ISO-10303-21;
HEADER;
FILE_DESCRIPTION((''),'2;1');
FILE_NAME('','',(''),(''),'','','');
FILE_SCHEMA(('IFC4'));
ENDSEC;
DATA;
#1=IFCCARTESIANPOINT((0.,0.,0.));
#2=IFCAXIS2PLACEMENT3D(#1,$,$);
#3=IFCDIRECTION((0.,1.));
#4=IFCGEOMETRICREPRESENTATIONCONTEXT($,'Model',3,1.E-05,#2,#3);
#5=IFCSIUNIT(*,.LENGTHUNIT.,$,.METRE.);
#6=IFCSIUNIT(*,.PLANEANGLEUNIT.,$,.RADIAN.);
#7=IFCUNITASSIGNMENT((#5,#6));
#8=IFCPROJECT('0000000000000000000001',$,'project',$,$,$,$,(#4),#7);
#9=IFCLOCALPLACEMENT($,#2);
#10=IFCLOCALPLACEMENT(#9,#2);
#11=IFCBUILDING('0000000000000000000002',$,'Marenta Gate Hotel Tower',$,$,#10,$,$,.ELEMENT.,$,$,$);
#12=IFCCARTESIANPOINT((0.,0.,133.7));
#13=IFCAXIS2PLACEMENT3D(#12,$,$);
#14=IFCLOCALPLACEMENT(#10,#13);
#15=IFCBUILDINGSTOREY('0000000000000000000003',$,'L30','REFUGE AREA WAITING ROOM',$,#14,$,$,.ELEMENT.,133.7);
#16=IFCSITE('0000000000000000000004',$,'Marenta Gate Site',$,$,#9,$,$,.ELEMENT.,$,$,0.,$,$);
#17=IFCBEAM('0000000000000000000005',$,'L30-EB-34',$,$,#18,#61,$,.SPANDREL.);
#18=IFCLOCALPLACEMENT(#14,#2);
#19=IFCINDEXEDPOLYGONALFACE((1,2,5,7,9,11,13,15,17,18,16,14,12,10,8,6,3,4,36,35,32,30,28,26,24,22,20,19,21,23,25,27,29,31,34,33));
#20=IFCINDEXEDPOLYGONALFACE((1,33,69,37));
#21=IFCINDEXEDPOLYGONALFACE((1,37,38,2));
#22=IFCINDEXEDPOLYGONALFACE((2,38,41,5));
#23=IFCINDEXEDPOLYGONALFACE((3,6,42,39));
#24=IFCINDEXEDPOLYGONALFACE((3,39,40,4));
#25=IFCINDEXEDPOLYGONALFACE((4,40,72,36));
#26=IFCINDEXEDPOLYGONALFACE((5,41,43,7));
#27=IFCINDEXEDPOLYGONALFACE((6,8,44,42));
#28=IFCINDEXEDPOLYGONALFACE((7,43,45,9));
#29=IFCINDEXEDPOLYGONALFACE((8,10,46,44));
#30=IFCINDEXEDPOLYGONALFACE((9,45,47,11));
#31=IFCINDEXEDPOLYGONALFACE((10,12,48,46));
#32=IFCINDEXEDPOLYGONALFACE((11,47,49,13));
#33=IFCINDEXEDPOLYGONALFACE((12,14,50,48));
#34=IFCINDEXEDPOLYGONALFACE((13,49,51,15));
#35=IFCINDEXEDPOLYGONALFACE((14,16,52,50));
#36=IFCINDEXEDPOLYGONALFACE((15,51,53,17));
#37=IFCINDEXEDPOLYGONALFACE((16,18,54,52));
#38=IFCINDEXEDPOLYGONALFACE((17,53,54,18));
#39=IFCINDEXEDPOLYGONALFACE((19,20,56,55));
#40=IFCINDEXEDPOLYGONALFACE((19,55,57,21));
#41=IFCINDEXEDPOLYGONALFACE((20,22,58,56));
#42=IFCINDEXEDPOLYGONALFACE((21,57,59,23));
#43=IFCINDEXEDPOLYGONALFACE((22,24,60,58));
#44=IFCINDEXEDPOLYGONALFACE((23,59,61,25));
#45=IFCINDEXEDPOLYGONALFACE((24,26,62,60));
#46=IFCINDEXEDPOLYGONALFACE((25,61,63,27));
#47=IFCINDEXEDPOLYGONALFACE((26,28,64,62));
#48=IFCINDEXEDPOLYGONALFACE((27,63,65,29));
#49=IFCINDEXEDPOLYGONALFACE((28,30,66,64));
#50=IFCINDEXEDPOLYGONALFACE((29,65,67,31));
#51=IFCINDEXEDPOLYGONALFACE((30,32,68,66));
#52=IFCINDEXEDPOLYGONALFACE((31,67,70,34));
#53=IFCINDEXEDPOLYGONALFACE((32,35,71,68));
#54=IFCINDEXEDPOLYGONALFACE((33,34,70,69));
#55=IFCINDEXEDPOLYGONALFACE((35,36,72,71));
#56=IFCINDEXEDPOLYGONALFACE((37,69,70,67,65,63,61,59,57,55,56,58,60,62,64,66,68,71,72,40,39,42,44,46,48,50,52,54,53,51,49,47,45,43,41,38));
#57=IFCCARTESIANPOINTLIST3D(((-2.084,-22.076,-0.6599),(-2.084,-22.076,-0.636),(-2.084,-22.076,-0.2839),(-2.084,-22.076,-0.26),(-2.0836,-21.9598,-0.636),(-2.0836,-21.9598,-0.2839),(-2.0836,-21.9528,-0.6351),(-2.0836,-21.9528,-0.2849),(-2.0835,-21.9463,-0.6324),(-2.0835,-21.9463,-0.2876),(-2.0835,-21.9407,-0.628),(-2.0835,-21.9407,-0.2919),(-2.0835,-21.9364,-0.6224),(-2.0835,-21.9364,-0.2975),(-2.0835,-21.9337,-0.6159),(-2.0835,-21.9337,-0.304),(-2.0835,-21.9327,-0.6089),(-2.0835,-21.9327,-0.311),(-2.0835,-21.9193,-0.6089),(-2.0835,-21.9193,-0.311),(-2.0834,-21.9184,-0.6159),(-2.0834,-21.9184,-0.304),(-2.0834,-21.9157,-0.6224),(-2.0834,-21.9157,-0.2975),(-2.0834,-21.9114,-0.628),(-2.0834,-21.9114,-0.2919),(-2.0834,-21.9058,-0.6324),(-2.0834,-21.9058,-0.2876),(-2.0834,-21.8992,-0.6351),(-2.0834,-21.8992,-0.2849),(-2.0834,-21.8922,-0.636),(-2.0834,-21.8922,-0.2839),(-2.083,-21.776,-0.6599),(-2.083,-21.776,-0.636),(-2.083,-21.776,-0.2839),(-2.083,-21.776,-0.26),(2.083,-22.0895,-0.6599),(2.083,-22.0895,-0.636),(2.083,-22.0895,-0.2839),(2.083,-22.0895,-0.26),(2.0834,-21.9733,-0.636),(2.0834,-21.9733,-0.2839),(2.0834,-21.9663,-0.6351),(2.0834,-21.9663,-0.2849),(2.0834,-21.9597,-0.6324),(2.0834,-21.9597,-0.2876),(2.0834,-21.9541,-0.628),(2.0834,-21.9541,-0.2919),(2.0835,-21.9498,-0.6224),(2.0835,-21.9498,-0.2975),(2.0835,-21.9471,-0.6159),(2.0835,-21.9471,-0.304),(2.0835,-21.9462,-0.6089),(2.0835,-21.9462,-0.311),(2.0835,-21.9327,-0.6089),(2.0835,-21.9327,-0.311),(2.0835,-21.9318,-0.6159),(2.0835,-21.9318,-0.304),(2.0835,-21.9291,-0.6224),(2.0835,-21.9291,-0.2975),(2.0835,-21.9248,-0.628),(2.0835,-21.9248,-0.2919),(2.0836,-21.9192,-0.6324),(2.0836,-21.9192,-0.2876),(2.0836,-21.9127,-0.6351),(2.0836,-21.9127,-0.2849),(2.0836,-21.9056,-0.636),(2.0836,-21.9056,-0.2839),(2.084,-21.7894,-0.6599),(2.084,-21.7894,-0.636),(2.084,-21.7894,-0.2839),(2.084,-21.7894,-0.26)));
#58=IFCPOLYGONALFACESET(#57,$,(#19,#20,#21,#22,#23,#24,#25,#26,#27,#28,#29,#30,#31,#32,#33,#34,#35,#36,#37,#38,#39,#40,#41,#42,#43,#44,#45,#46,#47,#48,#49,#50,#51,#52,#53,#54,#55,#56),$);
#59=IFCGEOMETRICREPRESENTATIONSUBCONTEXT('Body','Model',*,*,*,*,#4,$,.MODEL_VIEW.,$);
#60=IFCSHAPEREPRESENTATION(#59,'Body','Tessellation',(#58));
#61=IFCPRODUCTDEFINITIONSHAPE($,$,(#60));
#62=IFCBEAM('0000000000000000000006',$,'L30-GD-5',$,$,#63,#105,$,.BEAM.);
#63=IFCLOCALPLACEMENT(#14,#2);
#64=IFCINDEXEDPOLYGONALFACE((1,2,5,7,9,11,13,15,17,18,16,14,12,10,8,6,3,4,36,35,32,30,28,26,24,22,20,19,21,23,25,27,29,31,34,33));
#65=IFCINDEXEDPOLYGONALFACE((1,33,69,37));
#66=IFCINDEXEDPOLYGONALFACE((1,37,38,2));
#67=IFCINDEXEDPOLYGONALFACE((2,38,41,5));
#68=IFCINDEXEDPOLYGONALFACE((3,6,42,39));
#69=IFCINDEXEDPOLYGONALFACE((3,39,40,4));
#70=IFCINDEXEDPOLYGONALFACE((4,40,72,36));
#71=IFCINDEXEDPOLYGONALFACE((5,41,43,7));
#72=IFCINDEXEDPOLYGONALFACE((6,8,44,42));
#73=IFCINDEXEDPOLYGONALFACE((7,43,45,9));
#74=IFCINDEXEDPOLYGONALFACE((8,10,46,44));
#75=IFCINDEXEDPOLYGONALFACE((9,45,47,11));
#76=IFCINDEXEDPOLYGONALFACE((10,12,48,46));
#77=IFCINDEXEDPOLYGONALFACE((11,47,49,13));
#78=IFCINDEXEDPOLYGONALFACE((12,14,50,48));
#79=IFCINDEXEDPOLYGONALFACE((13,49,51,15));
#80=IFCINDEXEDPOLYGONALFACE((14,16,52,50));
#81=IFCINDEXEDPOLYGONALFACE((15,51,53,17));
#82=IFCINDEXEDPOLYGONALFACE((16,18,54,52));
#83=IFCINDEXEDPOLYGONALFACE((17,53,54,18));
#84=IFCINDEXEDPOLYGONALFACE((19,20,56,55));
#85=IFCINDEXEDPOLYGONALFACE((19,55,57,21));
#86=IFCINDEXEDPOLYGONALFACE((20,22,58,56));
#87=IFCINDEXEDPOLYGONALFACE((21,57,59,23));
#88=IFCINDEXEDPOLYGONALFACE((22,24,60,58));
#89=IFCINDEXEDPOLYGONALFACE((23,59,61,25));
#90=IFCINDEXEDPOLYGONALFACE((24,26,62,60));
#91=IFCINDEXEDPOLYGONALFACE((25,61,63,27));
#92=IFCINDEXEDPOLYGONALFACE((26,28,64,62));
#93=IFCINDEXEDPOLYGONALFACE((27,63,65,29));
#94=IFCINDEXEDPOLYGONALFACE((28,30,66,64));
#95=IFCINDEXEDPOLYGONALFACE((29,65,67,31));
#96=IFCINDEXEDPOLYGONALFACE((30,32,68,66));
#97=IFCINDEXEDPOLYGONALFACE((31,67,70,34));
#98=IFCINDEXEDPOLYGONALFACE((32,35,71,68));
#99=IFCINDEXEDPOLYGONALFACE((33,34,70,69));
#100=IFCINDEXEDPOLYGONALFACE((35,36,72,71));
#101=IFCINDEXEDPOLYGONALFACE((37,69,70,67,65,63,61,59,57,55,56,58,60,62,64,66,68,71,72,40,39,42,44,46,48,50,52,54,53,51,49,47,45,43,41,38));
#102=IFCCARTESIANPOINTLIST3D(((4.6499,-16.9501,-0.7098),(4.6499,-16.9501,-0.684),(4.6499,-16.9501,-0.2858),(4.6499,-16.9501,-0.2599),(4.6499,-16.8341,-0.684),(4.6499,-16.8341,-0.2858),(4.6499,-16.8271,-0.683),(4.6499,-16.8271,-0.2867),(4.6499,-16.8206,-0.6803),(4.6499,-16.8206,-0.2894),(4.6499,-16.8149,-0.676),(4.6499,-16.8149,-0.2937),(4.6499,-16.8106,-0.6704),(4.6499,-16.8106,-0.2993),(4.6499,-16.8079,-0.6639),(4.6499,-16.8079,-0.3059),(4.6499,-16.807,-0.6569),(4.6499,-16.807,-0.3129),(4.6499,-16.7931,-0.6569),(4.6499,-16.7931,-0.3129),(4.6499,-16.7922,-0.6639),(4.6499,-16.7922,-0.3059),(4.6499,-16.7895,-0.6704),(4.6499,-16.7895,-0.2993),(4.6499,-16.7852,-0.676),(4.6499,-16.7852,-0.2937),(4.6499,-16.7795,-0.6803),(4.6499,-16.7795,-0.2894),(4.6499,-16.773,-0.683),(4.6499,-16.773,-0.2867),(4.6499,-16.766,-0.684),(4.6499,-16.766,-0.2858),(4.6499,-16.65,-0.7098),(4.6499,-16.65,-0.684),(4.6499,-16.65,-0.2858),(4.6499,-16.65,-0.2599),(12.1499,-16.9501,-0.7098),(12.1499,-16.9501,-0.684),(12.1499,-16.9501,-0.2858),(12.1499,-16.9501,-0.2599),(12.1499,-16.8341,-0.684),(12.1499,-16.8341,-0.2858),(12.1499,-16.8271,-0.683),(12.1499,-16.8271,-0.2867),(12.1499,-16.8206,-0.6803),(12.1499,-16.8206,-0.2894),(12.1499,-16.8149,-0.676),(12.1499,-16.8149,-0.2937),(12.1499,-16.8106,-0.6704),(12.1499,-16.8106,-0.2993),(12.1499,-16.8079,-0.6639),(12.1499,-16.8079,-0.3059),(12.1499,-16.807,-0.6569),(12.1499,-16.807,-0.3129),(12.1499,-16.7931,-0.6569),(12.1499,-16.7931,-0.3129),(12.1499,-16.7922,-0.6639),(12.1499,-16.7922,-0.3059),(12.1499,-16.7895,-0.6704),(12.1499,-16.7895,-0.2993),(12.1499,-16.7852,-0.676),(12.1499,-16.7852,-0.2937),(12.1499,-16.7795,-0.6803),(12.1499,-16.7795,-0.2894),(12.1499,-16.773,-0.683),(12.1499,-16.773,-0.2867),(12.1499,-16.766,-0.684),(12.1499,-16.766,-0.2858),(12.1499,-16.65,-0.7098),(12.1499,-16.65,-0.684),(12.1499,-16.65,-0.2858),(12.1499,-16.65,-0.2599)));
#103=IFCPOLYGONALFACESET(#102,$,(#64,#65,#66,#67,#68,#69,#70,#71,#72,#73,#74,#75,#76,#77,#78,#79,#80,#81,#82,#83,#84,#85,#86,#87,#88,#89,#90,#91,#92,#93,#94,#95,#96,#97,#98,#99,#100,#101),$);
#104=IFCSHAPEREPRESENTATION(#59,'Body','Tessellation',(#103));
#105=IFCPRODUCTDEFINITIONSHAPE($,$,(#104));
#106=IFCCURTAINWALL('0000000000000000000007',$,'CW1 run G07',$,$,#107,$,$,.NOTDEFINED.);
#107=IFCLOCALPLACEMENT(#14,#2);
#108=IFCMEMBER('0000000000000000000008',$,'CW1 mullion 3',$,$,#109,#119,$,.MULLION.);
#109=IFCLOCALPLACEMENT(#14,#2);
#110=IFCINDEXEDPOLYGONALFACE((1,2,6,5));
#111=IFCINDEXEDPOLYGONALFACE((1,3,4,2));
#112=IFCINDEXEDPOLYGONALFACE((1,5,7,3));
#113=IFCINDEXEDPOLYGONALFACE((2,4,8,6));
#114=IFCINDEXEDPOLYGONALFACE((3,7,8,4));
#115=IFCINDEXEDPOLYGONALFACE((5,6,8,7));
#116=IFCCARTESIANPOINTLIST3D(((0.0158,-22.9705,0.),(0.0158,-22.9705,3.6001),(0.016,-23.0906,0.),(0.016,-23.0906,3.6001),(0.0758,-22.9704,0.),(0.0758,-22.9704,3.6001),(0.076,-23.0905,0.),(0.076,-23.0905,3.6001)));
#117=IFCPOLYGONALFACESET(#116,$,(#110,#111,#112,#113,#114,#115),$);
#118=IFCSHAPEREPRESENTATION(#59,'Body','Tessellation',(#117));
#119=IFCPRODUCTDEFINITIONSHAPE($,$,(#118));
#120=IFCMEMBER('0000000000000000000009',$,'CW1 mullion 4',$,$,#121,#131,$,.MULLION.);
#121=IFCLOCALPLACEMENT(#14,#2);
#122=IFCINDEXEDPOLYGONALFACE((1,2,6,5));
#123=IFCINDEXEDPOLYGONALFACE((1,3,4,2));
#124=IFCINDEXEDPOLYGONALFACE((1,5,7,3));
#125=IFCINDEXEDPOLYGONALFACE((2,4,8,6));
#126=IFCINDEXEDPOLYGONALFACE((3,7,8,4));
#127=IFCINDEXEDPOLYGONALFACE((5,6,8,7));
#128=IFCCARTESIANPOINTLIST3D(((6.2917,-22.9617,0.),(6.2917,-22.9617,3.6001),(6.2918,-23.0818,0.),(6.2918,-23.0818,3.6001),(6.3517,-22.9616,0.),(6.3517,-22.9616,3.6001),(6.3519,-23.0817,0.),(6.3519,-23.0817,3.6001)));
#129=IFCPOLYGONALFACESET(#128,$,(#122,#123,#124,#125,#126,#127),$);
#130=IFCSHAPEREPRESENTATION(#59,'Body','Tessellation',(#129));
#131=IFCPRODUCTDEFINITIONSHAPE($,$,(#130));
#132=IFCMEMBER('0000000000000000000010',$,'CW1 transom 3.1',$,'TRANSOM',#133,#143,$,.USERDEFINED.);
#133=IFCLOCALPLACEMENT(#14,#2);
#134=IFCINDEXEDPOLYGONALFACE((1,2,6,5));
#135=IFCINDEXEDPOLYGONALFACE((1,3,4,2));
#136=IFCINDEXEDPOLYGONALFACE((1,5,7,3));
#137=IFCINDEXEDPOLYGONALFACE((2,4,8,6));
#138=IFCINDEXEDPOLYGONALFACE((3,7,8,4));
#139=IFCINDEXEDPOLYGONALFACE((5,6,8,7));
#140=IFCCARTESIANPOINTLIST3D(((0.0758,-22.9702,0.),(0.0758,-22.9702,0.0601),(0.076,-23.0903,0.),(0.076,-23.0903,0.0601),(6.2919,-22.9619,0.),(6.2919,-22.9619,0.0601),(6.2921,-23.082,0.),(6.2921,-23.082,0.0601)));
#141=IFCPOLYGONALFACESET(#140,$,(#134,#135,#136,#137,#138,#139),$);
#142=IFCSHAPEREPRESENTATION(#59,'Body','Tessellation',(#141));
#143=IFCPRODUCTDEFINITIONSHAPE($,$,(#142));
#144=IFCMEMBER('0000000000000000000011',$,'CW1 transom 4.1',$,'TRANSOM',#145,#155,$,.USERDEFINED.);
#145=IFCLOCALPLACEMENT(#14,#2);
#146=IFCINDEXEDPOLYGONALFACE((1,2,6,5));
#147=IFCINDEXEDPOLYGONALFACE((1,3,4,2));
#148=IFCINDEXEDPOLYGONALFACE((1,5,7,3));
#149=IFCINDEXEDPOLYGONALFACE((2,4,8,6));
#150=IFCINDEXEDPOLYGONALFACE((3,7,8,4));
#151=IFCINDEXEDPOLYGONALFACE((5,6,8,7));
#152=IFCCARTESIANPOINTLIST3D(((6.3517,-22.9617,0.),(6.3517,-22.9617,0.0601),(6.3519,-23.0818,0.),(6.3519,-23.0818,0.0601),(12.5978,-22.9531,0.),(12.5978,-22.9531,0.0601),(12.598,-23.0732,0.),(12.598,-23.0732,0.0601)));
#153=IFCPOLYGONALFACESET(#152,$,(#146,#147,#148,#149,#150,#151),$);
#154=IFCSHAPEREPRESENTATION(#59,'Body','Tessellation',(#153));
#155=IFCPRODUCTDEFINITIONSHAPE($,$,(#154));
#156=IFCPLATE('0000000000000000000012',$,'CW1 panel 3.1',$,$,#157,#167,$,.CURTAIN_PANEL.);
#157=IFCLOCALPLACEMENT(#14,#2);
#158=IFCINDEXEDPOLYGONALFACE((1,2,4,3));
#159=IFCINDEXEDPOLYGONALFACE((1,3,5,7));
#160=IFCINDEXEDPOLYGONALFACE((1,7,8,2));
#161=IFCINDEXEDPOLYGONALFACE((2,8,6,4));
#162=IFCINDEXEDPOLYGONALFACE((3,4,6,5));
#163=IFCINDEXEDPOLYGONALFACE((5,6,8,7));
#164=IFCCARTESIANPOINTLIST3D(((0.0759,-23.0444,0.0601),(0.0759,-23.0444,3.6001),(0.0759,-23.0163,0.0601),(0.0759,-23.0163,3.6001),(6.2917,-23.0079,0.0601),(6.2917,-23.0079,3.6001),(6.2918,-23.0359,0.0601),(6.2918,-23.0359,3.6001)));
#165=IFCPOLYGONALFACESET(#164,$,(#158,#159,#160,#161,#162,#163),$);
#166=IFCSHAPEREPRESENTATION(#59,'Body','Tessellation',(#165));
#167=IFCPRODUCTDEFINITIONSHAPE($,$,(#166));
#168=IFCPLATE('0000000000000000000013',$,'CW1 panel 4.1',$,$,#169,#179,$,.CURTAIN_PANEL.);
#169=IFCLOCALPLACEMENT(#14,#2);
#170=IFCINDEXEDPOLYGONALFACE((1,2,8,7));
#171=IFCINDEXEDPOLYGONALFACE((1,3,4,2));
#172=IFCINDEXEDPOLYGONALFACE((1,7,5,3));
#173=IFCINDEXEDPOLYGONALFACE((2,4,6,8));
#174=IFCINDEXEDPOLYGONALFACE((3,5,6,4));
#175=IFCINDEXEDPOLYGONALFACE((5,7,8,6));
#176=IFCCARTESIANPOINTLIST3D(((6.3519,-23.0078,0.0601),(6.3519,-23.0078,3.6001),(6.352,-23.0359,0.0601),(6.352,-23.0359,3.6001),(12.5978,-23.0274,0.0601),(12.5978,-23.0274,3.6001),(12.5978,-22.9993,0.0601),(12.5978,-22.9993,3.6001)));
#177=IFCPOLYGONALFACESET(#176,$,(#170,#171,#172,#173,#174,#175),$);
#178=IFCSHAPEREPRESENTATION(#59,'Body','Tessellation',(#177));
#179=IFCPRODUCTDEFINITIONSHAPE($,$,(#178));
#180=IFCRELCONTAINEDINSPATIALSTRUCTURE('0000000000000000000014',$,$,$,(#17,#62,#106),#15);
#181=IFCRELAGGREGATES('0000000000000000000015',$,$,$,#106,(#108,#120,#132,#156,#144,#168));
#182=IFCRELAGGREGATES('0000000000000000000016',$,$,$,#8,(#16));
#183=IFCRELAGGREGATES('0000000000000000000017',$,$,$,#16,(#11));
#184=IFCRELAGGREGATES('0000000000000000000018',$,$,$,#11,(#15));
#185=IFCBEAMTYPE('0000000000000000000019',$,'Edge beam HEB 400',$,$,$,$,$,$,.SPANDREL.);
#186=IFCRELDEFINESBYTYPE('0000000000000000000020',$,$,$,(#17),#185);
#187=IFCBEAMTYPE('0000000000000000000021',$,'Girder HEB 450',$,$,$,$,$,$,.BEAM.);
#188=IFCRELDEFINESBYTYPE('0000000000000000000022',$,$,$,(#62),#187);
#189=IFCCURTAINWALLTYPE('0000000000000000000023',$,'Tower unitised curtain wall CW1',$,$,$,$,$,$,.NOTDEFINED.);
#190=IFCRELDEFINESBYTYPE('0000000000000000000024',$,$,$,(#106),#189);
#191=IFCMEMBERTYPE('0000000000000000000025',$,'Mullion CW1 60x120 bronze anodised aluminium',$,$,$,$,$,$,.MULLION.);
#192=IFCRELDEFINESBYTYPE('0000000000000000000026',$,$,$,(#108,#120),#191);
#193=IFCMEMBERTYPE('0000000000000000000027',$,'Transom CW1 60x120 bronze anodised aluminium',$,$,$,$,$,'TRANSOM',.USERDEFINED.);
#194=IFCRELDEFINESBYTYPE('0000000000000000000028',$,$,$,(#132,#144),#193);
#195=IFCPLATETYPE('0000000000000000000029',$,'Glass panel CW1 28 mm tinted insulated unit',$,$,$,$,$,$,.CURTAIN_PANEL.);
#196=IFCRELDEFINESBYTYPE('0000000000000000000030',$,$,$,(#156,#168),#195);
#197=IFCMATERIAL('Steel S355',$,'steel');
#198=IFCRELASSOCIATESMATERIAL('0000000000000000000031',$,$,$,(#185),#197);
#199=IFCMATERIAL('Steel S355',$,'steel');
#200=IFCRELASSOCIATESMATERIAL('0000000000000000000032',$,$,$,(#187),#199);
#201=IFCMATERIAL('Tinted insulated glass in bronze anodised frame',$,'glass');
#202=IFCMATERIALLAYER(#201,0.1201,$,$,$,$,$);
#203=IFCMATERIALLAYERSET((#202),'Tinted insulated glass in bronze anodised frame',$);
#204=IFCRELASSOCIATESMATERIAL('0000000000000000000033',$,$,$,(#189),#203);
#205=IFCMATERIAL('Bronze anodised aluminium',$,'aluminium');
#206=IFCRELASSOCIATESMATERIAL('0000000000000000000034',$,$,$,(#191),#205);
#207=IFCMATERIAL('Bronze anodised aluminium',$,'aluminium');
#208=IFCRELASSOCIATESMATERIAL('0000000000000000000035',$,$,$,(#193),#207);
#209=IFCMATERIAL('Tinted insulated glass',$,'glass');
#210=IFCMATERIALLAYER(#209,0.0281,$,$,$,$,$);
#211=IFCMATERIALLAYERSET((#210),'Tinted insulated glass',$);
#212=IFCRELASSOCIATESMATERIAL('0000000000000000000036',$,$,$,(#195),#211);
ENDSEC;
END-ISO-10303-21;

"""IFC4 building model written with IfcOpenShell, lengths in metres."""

from ifc_helpers import new_model, si_unit, direction, frame, origin, origin_2d, place, context, subcontext, project, spatial, rectangle, i_section, extrude, material, layer, layer_set, material_profile, profile_set, type_object, element, aggregate, save


model = new_model("IFC4")

# Units and contexts
model_context = context("Model", 3, precision=1e-05, world=origin(), true_north=direction((0.0, 1.0)))
body_context = subcontext(model_context, "Body", "Model", "MODEL_VIEW")
ifc_project = project(units=[si_unit("LENGTHUNIT", "METRE"), si_unit("PLANEANGLEUNIT", "RADIAN")], contexts=[model_context])

# Site, building, storey
site_placement = place(None, origin())
site = spatial("IfcSite", under=ifc_project, at=site_placement, Name="Marenta Gate Site", CompositionType="ELEMENT", RefElevation=0.0)
building_placement = place(site_placement, origin())
building = spatial("IfcBuilding", under=site, at=building_placement, Name="Marenta Gate Hotel Tower", CompositionType="ELEMENT")
storey_placement = place(building_placement, frame((0.0, 0.0, 133.7)))
storey = spatial("IfcBuildingStorey", under=building, at=storey_placement, Name="L30", Description="REFUGE AREA WAITING ROOM", CompositionType="ELEMENT", Elevation=133.7)

# Beams
ifc_material_1 = material(Name="Steel S355", Category="steel")
ifc_material_profile_1 = material_profile(ifc_material_1, i_section(OverallWidth=0.3, OverallDepth=0.3999, WebThickness=0.0134, FlangeThickness=0.0239, FilletRadius=0.0271, at=origin_2d()), Name="HEB 400")
ifc_profile_set_1 = profile_set([ifc_material_profile_1], Name="Steel S355")
beam_type_1 = type_object("IfcBeamType", Name="Edge beam HEB 400", PredefinedType="SPANDREL", material=ifc_profile_set_1)
beam_1_placement = place(storey_placement, frame((2.0835, -21.9395, -0.46), z_axis=(-0.999995, 0.003222, 0.0), x_axis=(-0.003222, -0.999995, 0.0)))
element("IfcBeam", 1, at=beam_1_placement, inside=storey, type_object=beam_type_1, Name="L30-EB-34", PredefinedType="SPANDREL", context=body_context, shape_type="SweptSolid", body=[
    extrude(i_section(OverallWidth=0.3, OverallDepth=0.3999, WebThickness=0.0134, FlangeThickness=0.0239, FilletRadius=0.0271, at=origin_2d()), origin(), (0.0, 0.0, 1.0), 4.167),
])
ifc_material_2 = material(Name="Steel S355", Category="steel")
ifc_material_profile_2 = material_profile(ifc_material_2, i_section(OverallWidth=0.3, OverallDepth=0.45, WebThickness=0.0139, FlangeThickness=0.0259, FilletRadius=0.0271, at=origin_2d()), Name="HEB 450")
ifc_profile_set_2 = profile_set([ifc_material_profile_2], Name="Steel S355")
beam_type_2 = type_object("IfcBeamType", Name="Girder HEB 450", PredefinedType="BEAM", material=ifc_profile_set_2)
beam_2_placement = place(storey_placement, frame((4.6499, -16.8, -0.4849), z_axis=(1.0, 0.0, 0.0), x_axis=(0.0, 1.0, 0.0)))
element("IfcBeam", 2, at=beam_2_placement, inside=storey, type_object=beam_type_2, Name="L30-GD-5", PredefinedType="BEAM", context=body_context, shape_type="SweptSolid", body=[
    extrude(i_section(OverallWidth=0.3, OverallDepth=0.45, WebThickness=0.0139, FlangeThickness=0.0259, FilletRadius=0.0271, at=origin_2d()), origin(), (0.0, 0.0, 1.0), 7.5),
])

# Curtain wall, members, plates
ifc_material_3 = material(Name="Tinted insulated glass in bronze anodised frame", Category="glass")
ifc_layer_1 = layer(ifc_material_3, 0.1201)
ifc_layer_set_1 = layer_set([ifc_layer_1], Name="Tinted insulated glass in bronze anodised frame")
curtain_wall_type = type_object("IfcCurtainWallType", Name="Tower unitised curtain wall CW1", PredefinedType="NOTDEFINED", material=ifc_layer_set_1)
curtain_wall_placement = place(storey_placement, origin())
curtain_wall = element("IfcCurtainWall", 3, at=curtain_wall_placement, inside=storey, type_object=curtain_wall_type, Name="CW1 run G07", PredefinedType="NOTDEFINED")
ifc_material_4 = material(Name="Bronze anodised aluminium", Category="aluminium")
ifc_material_profile_3 = material_profile(ifc_material_4, rectangle(XDim=0.1201, YDim=0.0601, at=origin_2d()), Name="Mullion CW1 60x120 bronze anodised aluminium")
ifc_profile_set_3 = profile_set([ifc_material_profile_3], Name="Bronze anodised aluminium")
member_type_1 = type_object("IfcMemberType", Name="Mullion CW1 60x120 bronze anodised aluminium", PredefinedType="MULLION", material=ifc_profile_set_3)
member_1_placement = place(storey_placement, frame((0.0459, -23.0305, 0.0), z_axis=(0.0, 0.0, 1.0), x_axis=(-0.001362, 0.999999, 0.0)))
member_1 = element("IfcMember", 4, at=member_1_placement, type_object=member_type_1, Name="CW1 mullion 3", PredefinedType="MULLION", context=body_context, shape_type="SweptSolid", body=[
    extrude(rectangle(XDim=0.1201, YDim=0.0601, at=origin_2d()), origin(), (0.0, 0.0, 1.0), 3.6001),
])
member_2_placement = place(storey_placement, frame((6.3218, -23.0217, 0.0), z_axis=(0.0, 0.0, 1.0), x_axis=(-0.001362, 0.999999, 0.0)))
member_2 = element("IfcMember", 5, at=member_2_placement, type_object=member_type_1, Name="CW1 mullion 4", PredefinedType="MULLION", context=body_context, shape_type="SweptSolid", body=[
    extrude(rectangle(XDim=0.1201, YDim=0.0601, at=origin_2d()), origin(), (0.0, 0.0, 1.0), 3.6001),
])
ifc_material_5 = material(Name="Bronze anodised aluminium", Category="aluminium")
ifc_material_profile_4 = material_profile(ifc_material_5, rectangle(XDim=0.1201, YDim=0.0601, at=origin_2d()), Name="Transom CW1 60x120 bronze anodised aluminium")
ifc_profile_set_4 = profile_set([ifc_material_profile_4], Name="Bronze anodised aluminium")
member_type_2 = type_object("IfcMemberType", Name="Transom CW1 60x120 bronze anodised aluminium", ElementType="TRANSOM", PredefinedType="USERDEFINED", material=ifc_profile_set_4)
member_3_placement = place(storey_placement, frame((0.0759, -23.0303, 0.03), z_axis=(0.999999, 0.001335, 0.0), x_axis=(-0.001335, 0.999999, 0.0)))
member_3 = element("IfcMember", 6, at=member_3_placement, type_object=member_type_2, Name="CW1 transom 3.1", ObjectType="TRANSOM", PredefinedType="USERDEFINED", context=body_context, shape_type="SweptSolid", body=[
    extrude(rectangle(XDim=0.1201, YDim=0.0601, at=origin_2d()), origin(), (0.0, 0.0, 1.0), 6.2161),
])
member_4_placement = place(storey_placement, frame((6.3518, -23.0217, 0.03), z_axis=(0.999999, 0.001368, 0.0), x_axis=(-0.001368, 0.999999, 0.0)))
member_4 = element("IfcMember", 7, at=member_4_placement, type_object=member_type_2, Name="CW1 transom 4.1", ObjectType="TRANSOM", PredefinedType="USERDEFINED", context=body_context, shape_type="SweptSolid", body=[
    extrude(rectangle(XDim=0.1201, YDim=0.0601, at=origin_2d()), origin(), (0.0, 0.0, 1.0), 6.2461),
])
ifc_material_6 = material(Name="Tinted insulated glass", Category="glass")
ifc_layer_2 = layer(ifc_material_6, 0.0281)
ifc_layer_set_2 = layer_set([ifc_layer_2], Name="Tinted insulated glass")
plate_type = type_object("IfcPlateType", Name="Glass panel CW1 28 mm tinted insulated unit", PredefinedType="CURTAIN_PANEL", material=ifc_layer_set_2)
plate_1_placement = place(storey_placement, frame((3.1838, -23.0261, 0.0601), z_axis=(0.0, 0.0, 1.0), x_axis=(0.999999, 0.001362, 0.0)))
plate_1 = element("IfcPlate", 8, at=plate_1_placement, type_object=plate_type, Name="CW1 panel 3.1", PredefinedType="CURTAIN_PANEL", context=body_context, shape_type="SweptSolid", body=[
    extrude(rectangle(XDim=6.2158, YDim=0.0281, at=origin_2d()), origin(), (0.0, 0.0, 1.0), 3.54),
])
plate_2_placement = place(storey_placement, frame((9.4749, -23.0176, 0.0601), z_axis=(0.0, 0.0, 1.0), x_axis=(0.999999, 0.001362, 0.0)))
plate_2 = element("IfcPlate", 9, at=plate_2_placement, type_object=plate_type, Name="CW1 panel 4.1", PredefinedType="CURTAIN_PANEL", context=body_context, shape_type="SweptSolid", body=[
    extrude(rectangle(XDim=6.2458, YDim=0.0281, at=origin_2d()), origin(), (0.0, 0.0, 1.0), 3.54),
])
aggregate(curtain_wall, [member_1, member_2, member_3, plate_1, member_4, plate_2])

save(model, "model.ifc")
